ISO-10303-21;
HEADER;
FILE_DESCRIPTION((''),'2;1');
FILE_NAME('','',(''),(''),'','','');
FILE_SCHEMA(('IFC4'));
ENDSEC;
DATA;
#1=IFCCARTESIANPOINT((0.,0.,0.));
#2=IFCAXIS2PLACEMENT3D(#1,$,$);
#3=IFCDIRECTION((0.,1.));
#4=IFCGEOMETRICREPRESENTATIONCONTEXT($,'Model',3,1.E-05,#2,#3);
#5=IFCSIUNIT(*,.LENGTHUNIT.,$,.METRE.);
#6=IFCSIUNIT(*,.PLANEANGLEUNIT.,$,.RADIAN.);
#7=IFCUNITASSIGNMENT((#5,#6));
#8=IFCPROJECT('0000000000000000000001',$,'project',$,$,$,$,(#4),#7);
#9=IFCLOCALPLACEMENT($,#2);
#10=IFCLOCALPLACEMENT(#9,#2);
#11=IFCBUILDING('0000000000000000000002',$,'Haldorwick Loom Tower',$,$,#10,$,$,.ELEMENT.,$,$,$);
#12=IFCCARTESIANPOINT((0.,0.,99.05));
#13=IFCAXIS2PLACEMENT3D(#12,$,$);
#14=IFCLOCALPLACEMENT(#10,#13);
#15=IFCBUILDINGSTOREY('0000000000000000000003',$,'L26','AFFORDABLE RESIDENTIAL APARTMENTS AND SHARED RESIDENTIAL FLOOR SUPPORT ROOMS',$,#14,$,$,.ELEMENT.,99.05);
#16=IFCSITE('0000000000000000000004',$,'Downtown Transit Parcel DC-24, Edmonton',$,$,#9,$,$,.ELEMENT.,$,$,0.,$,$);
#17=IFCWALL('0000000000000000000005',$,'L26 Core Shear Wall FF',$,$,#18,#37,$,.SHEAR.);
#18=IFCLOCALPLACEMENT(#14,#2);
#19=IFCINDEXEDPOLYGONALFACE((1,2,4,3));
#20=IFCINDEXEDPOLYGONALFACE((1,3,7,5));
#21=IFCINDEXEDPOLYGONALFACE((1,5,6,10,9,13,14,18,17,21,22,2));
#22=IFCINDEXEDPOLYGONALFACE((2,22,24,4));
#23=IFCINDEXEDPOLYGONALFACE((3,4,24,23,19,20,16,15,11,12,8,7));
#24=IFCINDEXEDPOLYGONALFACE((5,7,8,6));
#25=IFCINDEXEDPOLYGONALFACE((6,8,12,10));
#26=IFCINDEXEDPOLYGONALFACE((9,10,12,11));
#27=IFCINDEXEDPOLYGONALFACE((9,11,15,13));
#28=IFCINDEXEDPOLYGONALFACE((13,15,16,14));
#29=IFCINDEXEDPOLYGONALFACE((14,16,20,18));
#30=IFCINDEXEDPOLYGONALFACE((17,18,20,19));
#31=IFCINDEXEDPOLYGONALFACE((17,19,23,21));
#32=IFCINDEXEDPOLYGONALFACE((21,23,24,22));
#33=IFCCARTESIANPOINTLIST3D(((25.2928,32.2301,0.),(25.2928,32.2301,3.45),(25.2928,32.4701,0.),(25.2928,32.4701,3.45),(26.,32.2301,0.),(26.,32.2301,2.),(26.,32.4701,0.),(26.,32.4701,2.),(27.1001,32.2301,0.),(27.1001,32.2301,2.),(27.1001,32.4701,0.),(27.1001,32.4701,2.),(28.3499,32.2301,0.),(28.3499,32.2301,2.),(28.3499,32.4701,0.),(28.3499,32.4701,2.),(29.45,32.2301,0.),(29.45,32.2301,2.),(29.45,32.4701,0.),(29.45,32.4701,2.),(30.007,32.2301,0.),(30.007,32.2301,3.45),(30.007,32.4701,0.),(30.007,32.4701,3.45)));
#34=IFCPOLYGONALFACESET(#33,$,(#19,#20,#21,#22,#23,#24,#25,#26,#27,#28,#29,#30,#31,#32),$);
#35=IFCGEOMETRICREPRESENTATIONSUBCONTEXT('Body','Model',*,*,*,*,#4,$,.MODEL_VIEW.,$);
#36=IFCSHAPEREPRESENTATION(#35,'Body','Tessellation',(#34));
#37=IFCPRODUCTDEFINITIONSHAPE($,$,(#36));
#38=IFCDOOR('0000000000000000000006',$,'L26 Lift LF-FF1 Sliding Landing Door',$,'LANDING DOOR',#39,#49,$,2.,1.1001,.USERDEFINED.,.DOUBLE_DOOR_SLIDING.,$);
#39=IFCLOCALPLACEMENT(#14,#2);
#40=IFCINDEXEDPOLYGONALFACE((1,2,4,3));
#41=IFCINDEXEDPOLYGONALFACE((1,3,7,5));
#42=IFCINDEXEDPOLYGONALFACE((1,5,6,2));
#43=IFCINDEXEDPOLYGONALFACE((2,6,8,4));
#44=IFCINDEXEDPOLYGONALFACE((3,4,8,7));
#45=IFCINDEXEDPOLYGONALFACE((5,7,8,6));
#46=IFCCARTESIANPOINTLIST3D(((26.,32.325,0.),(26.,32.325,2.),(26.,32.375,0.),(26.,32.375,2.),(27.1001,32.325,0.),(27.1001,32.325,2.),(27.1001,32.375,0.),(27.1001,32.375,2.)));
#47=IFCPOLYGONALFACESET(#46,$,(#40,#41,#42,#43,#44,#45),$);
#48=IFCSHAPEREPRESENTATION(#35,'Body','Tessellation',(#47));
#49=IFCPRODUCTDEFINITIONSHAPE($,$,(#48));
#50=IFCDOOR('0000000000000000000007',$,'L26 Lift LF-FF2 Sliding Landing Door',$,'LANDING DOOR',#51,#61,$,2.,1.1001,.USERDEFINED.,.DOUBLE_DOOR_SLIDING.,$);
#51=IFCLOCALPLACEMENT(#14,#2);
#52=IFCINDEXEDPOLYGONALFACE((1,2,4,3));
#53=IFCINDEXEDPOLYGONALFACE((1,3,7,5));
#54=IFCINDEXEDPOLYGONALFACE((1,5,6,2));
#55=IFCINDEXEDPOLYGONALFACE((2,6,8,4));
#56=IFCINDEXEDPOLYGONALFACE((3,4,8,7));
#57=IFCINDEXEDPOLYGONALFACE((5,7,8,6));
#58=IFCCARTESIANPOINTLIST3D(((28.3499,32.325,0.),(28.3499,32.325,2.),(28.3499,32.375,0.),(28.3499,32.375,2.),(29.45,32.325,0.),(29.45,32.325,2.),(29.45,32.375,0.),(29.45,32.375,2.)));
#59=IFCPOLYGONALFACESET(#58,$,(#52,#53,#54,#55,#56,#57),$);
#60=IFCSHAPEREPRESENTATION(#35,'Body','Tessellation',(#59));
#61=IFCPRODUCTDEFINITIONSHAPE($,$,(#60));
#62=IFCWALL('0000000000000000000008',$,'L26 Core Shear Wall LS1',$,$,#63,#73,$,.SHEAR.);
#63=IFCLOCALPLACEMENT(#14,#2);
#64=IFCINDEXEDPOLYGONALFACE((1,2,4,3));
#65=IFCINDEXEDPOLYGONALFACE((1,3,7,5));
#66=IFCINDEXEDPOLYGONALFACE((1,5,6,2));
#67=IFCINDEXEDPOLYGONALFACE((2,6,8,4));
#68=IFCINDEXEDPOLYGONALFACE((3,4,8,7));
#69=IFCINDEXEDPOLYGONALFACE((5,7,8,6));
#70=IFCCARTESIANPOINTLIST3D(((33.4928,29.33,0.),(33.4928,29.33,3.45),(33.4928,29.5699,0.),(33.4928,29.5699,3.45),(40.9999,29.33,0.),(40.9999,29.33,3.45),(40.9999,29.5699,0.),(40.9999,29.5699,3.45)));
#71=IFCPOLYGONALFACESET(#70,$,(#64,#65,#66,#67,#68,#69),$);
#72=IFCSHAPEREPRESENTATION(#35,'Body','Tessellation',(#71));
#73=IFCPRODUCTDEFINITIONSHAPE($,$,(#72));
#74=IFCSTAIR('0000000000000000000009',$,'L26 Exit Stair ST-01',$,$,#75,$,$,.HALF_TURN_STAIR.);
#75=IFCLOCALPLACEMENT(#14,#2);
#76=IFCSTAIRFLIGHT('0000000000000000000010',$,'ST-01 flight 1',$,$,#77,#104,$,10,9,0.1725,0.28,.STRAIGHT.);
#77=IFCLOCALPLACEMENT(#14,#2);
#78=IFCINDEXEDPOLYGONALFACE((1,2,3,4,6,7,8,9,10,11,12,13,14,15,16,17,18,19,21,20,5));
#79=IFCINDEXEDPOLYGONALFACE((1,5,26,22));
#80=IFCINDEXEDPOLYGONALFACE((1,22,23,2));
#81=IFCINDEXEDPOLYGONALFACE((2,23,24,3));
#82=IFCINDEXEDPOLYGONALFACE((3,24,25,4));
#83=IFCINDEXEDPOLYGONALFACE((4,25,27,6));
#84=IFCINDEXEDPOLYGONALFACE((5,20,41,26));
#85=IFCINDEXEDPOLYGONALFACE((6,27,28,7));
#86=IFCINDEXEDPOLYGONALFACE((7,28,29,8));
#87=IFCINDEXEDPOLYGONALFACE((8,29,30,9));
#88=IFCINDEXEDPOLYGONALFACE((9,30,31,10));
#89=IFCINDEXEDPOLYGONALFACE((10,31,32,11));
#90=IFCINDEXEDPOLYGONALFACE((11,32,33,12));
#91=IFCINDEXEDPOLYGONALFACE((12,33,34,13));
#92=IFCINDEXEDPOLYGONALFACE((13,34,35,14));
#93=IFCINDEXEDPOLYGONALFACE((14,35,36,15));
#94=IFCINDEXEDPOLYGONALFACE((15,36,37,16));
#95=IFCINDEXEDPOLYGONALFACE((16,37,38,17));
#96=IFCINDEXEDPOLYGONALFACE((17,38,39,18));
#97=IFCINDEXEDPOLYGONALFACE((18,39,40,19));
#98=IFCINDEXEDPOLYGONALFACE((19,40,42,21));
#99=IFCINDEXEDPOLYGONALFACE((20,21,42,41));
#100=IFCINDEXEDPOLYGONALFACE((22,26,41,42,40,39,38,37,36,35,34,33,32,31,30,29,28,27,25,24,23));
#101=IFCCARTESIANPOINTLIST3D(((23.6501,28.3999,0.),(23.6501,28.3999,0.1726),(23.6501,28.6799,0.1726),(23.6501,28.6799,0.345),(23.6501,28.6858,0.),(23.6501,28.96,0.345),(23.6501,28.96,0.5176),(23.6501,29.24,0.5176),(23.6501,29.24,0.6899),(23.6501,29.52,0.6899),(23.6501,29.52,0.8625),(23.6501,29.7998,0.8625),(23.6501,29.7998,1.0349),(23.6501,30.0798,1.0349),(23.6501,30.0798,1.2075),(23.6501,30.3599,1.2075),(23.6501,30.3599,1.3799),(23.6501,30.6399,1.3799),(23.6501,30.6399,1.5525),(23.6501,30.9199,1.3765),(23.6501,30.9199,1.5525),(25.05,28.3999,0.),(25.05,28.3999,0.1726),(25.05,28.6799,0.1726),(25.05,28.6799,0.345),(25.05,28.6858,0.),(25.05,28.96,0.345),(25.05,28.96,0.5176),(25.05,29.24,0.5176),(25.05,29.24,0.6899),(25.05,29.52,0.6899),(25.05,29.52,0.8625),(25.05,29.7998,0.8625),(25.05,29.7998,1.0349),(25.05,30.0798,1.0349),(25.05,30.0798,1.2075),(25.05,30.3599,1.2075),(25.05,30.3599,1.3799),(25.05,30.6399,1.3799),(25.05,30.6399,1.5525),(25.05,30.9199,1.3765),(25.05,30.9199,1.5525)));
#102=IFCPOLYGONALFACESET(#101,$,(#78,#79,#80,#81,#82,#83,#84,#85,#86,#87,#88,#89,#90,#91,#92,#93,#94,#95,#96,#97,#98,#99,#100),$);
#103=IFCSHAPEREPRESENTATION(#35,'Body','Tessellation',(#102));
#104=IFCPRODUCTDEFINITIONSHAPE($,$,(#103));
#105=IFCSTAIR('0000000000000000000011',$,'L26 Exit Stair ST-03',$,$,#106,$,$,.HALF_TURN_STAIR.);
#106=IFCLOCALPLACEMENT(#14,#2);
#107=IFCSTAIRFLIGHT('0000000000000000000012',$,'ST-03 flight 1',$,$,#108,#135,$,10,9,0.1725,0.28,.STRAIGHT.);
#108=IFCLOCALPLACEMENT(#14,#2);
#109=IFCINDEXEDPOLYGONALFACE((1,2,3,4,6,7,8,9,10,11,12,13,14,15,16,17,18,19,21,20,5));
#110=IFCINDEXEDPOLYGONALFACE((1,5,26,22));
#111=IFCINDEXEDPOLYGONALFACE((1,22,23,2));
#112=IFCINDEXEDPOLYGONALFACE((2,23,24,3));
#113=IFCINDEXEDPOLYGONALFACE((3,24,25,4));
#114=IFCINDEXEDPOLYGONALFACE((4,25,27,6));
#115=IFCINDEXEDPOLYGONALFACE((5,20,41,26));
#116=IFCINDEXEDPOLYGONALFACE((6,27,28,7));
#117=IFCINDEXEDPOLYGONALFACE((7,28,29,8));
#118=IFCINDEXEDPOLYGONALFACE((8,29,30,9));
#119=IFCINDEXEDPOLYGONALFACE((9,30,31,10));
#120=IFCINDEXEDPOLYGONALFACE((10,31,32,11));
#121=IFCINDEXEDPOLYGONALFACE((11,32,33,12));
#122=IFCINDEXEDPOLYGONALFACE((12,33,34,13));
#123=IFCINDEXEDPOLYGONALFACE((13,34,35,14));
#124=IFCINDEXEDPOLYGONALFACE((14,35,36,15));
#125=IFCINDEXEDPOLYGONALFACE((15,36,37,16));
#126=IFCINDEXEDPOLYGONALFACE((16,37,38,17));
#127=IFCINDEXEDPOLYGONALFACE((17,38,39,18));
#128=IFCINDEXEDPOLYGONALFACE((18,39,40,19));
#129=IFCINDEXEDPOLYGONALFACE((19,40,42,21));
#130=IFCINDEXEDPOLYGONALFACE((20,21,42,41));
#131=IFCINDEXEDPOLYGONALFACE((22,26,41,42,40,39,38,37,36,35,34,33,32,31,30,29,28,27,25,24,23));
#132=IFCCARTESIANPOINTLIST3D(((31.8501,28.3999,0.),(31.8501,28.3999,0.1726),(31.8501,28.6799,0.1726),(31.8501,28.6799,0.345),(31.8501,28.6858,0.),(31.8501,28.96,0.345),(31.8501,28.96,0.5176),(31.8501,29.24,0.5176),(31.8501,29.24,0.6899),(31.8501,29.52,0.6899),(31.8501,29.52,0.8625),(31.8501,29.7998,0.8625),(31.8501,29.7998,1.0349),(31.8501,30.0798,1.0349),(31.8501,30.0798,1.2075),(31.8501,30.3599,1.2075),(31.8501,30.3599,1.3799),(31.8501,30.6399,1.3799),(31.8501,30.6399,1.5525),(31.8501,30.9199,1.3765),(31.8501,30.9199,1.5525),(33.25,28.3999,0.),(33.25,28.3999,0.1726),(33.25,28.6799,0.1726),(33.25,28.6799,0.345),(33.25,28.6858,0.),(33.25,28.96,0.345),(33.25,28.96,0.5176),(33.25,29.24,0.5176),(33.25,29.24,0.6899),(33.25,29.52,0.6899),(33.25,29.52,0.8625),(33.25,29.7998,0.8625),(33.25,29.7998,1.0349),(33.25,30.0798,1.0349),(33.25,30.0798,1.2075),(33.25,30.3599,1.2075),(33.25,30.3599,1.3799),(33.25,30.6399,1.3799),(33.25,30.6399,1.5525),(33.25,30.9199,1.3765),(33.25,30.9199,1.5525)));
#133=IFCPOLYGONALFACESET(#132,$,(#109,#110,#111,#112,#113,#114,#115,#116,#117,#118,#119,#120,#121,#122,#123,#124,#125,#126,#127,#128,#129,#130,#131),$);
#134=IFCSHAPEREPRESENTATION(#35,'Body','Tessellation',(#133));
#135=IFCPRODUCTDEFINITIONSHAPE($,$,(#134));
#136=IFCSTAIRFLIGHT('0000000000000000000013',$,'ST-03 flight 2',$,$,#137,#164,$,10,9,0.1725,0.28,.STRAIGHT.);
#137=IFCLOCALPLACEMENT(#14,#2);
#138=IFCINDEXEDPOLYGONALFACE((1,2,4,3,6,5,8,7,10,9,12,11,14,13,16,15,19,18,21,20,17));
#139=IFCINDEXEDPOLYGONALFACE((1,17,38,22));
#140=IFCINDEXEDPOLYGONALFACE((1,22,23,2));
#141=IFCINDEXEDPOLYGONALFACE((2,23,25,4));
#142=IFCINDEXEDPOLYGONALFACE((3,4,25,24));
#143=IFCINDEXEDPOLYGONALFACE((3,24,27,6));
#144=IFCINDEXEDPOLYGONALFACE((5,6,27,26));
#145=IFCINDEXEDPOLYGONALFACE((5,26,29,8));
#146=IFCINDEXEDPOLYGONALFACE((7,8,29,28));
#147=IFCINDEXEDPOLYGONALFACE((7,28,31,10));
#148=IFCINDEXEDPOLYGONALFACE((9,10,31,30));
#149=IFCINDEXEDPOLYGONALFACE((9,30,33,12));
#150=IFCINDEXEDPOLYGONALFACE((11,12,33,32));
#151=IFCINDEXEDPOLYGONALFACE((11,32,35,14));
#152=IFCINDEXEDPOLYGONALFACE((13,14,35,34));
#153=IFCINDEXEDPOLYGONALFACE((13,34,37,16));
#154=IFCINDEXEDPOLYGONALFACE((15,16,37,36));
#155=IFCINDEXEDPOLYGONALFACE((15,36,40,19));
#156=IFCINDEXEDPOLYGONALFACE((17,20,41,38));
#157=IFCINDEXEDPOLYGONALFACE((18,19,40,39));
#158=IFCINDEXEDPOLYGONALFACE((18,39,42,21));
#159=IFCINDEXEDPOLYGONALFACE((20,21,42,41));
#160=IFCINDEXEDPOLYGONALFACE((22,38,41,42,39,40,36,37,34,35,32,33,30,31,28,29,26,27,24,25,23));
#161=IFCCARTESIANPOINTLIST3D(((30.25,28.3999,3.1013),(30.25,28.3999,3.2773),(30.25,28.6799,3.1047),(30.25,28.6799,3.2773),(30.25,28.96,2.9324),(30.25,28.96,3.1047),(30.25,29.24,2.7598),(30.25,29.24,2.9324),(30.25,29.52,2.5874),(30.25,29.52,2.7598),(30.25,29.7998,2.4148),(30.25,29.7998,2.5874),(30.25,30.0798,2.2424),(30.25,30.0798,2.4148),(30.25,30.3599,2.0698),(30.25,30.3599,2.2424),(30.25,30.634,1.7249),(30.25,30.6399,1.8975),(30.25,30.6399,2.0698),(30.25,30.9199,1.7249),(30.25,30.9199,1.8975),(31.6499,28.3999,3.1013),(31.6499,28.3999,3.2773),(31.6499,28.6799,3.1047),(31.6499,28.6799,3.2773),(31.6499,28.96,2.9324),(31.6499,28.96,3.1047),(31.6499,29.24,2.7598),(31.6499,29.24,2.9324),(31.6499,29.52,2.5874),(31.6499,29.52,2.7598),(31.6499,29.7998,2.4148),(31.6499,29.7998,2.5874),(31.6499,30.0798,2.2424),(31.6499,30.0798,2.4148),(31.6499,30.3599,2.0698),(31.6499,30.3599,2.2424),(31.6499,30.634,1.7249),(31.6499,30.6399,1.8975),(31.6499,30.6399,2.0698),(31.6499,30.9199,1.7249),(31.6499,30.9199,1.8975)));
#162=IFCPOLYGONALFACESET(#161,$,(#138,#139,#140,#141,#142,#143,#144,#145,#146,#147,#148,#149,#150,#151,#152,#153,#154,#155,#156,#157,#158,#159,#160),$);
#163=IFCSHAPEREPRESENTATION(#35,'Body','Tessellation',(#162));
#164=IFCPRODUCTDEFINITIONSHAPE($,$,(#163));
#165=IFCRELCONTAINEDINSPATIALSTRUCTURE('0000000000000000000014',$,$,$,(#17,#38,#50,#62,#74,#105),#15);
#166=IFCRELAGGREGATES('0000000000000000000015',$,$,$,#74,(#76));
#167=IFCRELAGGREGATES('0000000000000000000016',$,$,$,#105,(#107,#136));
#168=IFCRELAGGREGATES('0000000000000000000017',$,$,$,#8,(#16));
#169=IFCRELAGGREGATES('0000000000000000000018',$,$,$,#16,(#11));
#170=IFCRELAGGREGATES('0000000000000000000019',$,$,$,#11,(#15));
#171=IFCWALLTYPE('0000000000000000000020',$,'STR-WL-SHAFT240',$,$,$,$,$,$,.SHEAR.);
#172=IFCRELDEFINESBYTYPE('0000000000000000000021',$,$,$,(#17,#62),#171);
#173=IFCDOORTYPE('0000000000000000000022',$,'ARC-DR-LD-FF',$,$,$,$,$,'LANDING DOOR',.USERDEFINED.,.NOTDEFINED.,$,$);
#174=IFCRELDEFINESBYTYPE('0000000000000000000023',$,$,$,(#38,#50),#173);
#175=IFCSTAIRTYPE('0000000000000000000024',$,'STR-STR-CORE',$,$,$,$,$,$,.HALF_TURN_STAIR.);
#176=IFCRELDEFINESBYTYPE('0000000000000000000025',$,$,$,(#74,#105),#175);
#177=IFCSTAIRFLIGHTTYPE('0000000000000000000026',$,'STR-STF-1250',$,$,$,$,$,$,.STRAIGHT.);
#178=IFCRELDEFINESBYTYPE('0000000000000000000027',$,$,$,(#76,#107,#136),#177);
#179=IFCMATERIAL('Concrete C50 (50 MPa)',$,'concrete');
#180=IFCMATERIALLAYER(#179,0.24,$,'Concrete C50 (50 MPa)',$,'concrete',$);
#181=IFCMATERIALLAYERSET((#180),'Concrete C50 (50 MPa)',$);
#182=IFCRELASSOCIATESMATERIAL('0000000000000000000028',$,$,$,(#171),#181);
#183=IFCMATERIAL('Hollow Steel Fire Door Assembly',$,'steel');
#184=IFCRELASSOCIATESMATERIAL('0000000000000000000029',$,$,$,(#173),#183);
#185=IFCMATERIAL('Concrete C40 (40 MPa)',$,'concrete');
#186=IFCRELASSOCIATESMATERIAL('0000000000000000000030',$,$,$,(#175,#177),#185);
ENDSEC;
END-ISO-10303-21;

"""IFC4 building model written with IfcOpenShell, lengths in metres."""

from ifc_helpers import new_model, si_unit, direction, frame, frame_2d, origin, place, context, subcontext, project, spatial, polyline, rectangle, outline, extrude, material, layer, layer_set, type_object, element, fill, aggregate, save


model = new_model("IFC4")

# Units and contexts
model_context = context("Model", 3, precision=1e-05, world=origin(), true_north=direction((0.0, 1.0)))
body_context = subcontext(model_context, "Body", "Model", "MODEL_VIEW")
ifc_project = project(units=[si_unit("LENGTHUNIT", "METRE"), si_unit("PLANEANGLEUNIT", "RADIAN")], contexts=[model_context])

# Site, building, storey
site_placement = place(None, origin())
site = spatial("IfcSite", under=ifc_project, at=site_placement, Name="Downtown Transit Parcel DC-24, Edmonton", CompositionType="ELEMENT", RefElevation=0.0)
building_placement = place(site_placement, origin())
building = spatial("IfcBuilding", under=site, at=building_placement, Name="Haldorwick Loom Tower", CompositionType="ELEMENT")
storey_placement = place(building_placement, frame((0.0, 0.0, 99.05)))
storey = spatial("IfcBuildingStorey", under=building, at=storey_placement, Name="L26", Description="AFFORDABLE RESIDENTIAL APARTMENTS AND SHARED RESIDENTIAL FLOOR SUPPORT ROOMS", CompositionType="ELEMENT", Elevation=99.05)

# Shared definitions
ifc_material_1 = material(Name="Concrete C50 (50 MPa)", Category="concrete")
ifc_layer = layer(ifc_material_1, 0.24, Name="Concrete C50 (50 MPa)", Category="concrete")
ifc_layer_set = layer_set([ifc_layer], Name="Concrete C50 (50 MPa)")
wall_type = type_object("IfcWallType", Name="STR-WL-SHAFT240", PredefinedType="SHEAR", material=ifc_layer_set)

# Wall, openings, doors
wall_1_placement = place(storey_placement, frame((25.293, 32.3501, 0.0), z_axis=(0.0, 0.0, 1.0), x_axis=(1.0, 0.0, 0.0)))
wall_1 = element("IfcWall", 1, at=wall_1_placement, inside=storey, type_object=wall_type, Name="L26 Core Shear Wall FF", PredefinedType="SHEAR", context=body_context, shape_type="SweptSolid", body=[
    extrude(rectangle(XDim=4.7141, YDim=0.24, at=frame_2d((2.3569, 0.0))), origin(), (0.0, 0.0, 1.0), 3.45),
])
opening_1_placement = place(wall_1_placement, frame((0.707, 0.0, 0.0)))
opening_1 = element("IfcOpeningElement", 2, at=opening_1_placement, cuts=wall_1, PredefinedType="OPENING", context=body_context, shape_type="SweptSolid", body=[
    extrude(rectangle(XDim=1.1001, YDim=2.0, at=frame_2d((0.55, 1.0))), frame((0.0, 0.1299, 0.0), z_axis=(0.0, -1.0, 0.0), x_axis=(1.0, 0.0, 0.0)), (0.0, 0.0, 1.0), 0.26),
])
opening_2_placement = place(wall_1_placement, frame((3.0569, 0.0, 0.0)))
opening_2 = element("IfcOpeningElement", 3, at=opening_2_placement, cuts=wall_1, PredefinedType="OPENING", context=body_context, shape_type="SweptSolid", body=[
    extrude(rectangle(XDim=1.1001, YDim=2.0, at=frame_2d((0.55, 1.0))), frame((0.0, 0.1299, 0.0), z_axis=(0.0, -1.0, 0.0), x_axis=(1.0, 0.0, 0.0)), (0.0, 0.0, 1.0), 0.26),
])
ifc_material_2 = material(Name="Hollow Steel Fire Door Assembly", Category="steel")
door_type = type_object("IfcDoorType", Name="ARC-DR-LD-FF", ElementType="LANDING DOOR", OperationType="NOTDEFINED", PredefinedType="USERDEFINED", material=ifc_material_2)
door_1_placement = place(opening_1_placement, origin())
door_1 = element("IfcDoor", 4, at=door_1_placement, inside=storey, type_object=door_type, Name="L26 Lift LF-FF1 Sliding Landing Door", ObjectType="LANDING DOOR", OperationType="DOUBLE_DOOR_SLIDING", OverallHeight=2.0, OverallWidth=1.1001, PredefinedType="USERDEFINED", context=body_context, shape_type="SweptSolid", body=[
    extrude(rectangle(XDim=1.1001, YDim=2.0, at=frame_2d((0.55, 1.0))), frame((0.0, 0.0249, 0.0), z_axis=(0.0, -1.0, 0.0), x_axis=(1.0, 0.0, 0.0)), (0.0, 0.0, 1.0), 0.05),
])
fill(opening_1, door_1)
door_2_placement = place(opening_2_placement, origin())
door_2 = element("IfcDoor", 5, at=door_2_placement, inside=storey, type_object=door_type, Name="L26 Lift LF-FF2 Sliding Landing Door", ObjectType="LANDING DOOR", OperationType="DOUBLE_DOOR_SLIDING", OverallHeight=2.0, OverallWidth=1.1001, PredefinedType="USERDEFINED", context=body_context, shape_type="SweptSolid", body=[
    extrude(rectangle(XDim=1.1001, YDim=2.0, at=frame_2d((0.55, 1.0))), frame((0.0, 0.0249, 0.0), z_axis=(0.0, -1.0, 0.0), x_axis=(1.0, 0.0, 0.0)), (0.0, 0.0, 1.0), 0.05),
])
fill(opening_2, door_2)

# Wall
wall_2_placement = place(storey_placement, frame((33.4929, 29.45, 0.0), z_axis=(0.0, 0.0, 1.0), x_axis=(1.0, 0.0, 0.0)))
element("IfcWall", 6, at=wall_2_placement, inside=storey, type_object=wall_type, Name="L26 Core Shear Wall LS1", PredefinedType="SHEAR", context=body_context, shape_type="SweptSolid", body=[
    extrude(rectangle(XDim=7.5071, YDim=0.24, at=frame_2d((3.7534, 0.0))), origin(), (0.0, 0.0, 1.0), 3.45),
])

# Stair, stair flight
ifc_material_3 = material(Name="Concrete C40 (40 MPa)", Category="concrete")
stair_type = type_object("IfcStairType", Name="STR-STR-CORE", PredefinedType="HALF_TURN_STAIR", material=ifc_material_3)
stair_1_placement = place(storey_placement, origin())
stair_1 = element("IfcStair", 7, at=stair_1_placement, inside=storey, type_object=stair_type, Name="L26 Exit Stair ST-01", PredefinedType="HALF_TURN_STAIR")
stair_flight_type = type_object("IfcStairFlightType", Name="STR-STF-1250", PredefinedType="STRAIGHT", material=ifc_material_3)
stair_flight_1_placement = place(storey_placement, frame((24.3501, 28.3999, 0.0), z_axis=(0.0, 0.0, 1.0), x_axis=(0.0, 1.0, 0.0)))
stair_flight_1 = element("IfcStairFlight", 8, at=stair_flight_1_placement, type_object=stair_flight_type, Name="ST-01 flight 1", NumberOfRisers=10, NumberOfTreads=9, PredefinedType="STRAIGHT", RiserHeight=0.1725, TreadLength=0.28, context=body_context, shape_type="SweptSolid", body=[
    extrude(outline(polyline([(0.0, 0.0), (0.0, 0.1726), (0.28, 0.1726), (0.28, 0.345), (0.5601, 0.345), (0.5601, 0.5176), (0.8401, 0.5176), (0.8401, 0.6899), (1.1201, 0.6899), (1.1201, 0.8625), (1.3999, 0.8625), (1.3999, 1.0349), (1.6799, 1.0349), (1.6799, 1.2075), (1.96, 1.2075), (1.96, 1.3799), (2.24, 1.3799), (2.24, 1.5525), (2.52, 1.5525), (2.52, 1.7251), (2.52, 1.3765), (0.2859, 0.0), (0.0, 0.0)])), frame((0.0, 0.7, 0.0), z_axis=(0.0, -1.0, 0.0), x_axis=(1.0, 0.0, 0.0)), (0.0, 0.0, 1.0), 1.3999),
])
aggregate(stair_1, [stair_flight_1])

# Stair, stair flights
stair_2_placement = place(storey_placement, origin())
stair_2 = element("IfcStair", 9, at=stair_2_placement, inside=storey, type_object=stair_type, Name="L26 Exit Stair ST-03", PredefinedType="HALF_TURN_STAIR")
stair_flight_2_placement = place(storey_placement, frame((32.55, 28.3999, 0.0), z_axis=(0.0, 0.0, 1.0), x_axis=(0.0, 1.0, 0.0)))
stair_flight_2 = element("IfcStairFlight", 10, at=stair_flight_2_placement, type_object=stair_flight_type, Name="ST-03 flight 1", NumberOfRisers=10, NumberOfTreads=9, PredefinedType="STRAIGHT", RiserHeight=0.1725, TreadLength=0.28, context=body_context, shape_type="SweptSolid", body=[
    extrude(outline(polyline([(0.0, 0.0), (0.0, 0.1726), (0.28, 0.1726), (0.28, 0.345), (0.5601, 0.345), (0.5601, 0.5176), (0.8401, 0.5176), (0.8401, 0.6899), (1.1201, 0.6899), (1.1201, 0.8625), (1.3999, 0.8625), (1.3999, 1.0349), (1.6799, 1.0349), (1.6799, 1.2075), (1.96, 1.2075), (1.96, 1.3799), (2.24, 1.3799), (2.24, 1.5525), (2.52, 1.5525), (2.52, 1.7251), (2.52, 1.3765), (0.2859, 0.0), (0.0, 0.0)])), frame((0.0, 0.7, 0.0), z_axis=(0.0, -1.0, 0.0), x_axis=(1.0, 0.0, 0.0)), (0.0, 0.0, 1.0), 1.3999),
])
stair_flight_3_placement = place(storey_placement, frame((30.95, 30.9199, 1.7249), z_axis=(0.0, 0.0, 1.0), x_axis=(0.0, -1.0, 0.0)))
stair_flight_3 = element("IfcStairFlight", 11, at=stair_flight_3_placement, type_object=stair_flight_type, Name="ST-03 flight 2", NumberOfRisers=10, NumberOfTreads=9, PredefinedType="STRAIGHT", RiserHeight=0.1725, TreadLength=0.28, context=body_context, shape_type="SweptSolid", body=[
    extrude(outline(polyline([(0.0, 0.0), (0.0, 0.1726), (0.28, 0.1726), (0.28, 0.345), (0.5601, 0.345), (0.5601, 0.5176), (0.8401, 0.5176), (0.8401, 0.6899), (1.1201, 0.6899), (1.1201, 0.8625), (1.3999, 0.8625), (1.3999, 1.0349), (1.6799, 1.0349), (1.6799, 1.2075), (1.96, 1.2075), (1.96, 1.3799), (2.24, 1.3799), (2.24, 1.5525), (2.52, 1.5525), (2.52, 1.7251), (2.52, 1.3765), (0.2859, 0.0), (0.0, 0.0)])), frame((0.0, 0.7, 0.0), z_axis=(0.0, -1.0, 0.0), x_axis=(1.0, 0.0, 0.0)), (0.0, 0.0, 1.0), 1.3999),
])
aggregate(stair_2, [stair_flight_2, stair_flight_3])

save(model, "model.ifc")
